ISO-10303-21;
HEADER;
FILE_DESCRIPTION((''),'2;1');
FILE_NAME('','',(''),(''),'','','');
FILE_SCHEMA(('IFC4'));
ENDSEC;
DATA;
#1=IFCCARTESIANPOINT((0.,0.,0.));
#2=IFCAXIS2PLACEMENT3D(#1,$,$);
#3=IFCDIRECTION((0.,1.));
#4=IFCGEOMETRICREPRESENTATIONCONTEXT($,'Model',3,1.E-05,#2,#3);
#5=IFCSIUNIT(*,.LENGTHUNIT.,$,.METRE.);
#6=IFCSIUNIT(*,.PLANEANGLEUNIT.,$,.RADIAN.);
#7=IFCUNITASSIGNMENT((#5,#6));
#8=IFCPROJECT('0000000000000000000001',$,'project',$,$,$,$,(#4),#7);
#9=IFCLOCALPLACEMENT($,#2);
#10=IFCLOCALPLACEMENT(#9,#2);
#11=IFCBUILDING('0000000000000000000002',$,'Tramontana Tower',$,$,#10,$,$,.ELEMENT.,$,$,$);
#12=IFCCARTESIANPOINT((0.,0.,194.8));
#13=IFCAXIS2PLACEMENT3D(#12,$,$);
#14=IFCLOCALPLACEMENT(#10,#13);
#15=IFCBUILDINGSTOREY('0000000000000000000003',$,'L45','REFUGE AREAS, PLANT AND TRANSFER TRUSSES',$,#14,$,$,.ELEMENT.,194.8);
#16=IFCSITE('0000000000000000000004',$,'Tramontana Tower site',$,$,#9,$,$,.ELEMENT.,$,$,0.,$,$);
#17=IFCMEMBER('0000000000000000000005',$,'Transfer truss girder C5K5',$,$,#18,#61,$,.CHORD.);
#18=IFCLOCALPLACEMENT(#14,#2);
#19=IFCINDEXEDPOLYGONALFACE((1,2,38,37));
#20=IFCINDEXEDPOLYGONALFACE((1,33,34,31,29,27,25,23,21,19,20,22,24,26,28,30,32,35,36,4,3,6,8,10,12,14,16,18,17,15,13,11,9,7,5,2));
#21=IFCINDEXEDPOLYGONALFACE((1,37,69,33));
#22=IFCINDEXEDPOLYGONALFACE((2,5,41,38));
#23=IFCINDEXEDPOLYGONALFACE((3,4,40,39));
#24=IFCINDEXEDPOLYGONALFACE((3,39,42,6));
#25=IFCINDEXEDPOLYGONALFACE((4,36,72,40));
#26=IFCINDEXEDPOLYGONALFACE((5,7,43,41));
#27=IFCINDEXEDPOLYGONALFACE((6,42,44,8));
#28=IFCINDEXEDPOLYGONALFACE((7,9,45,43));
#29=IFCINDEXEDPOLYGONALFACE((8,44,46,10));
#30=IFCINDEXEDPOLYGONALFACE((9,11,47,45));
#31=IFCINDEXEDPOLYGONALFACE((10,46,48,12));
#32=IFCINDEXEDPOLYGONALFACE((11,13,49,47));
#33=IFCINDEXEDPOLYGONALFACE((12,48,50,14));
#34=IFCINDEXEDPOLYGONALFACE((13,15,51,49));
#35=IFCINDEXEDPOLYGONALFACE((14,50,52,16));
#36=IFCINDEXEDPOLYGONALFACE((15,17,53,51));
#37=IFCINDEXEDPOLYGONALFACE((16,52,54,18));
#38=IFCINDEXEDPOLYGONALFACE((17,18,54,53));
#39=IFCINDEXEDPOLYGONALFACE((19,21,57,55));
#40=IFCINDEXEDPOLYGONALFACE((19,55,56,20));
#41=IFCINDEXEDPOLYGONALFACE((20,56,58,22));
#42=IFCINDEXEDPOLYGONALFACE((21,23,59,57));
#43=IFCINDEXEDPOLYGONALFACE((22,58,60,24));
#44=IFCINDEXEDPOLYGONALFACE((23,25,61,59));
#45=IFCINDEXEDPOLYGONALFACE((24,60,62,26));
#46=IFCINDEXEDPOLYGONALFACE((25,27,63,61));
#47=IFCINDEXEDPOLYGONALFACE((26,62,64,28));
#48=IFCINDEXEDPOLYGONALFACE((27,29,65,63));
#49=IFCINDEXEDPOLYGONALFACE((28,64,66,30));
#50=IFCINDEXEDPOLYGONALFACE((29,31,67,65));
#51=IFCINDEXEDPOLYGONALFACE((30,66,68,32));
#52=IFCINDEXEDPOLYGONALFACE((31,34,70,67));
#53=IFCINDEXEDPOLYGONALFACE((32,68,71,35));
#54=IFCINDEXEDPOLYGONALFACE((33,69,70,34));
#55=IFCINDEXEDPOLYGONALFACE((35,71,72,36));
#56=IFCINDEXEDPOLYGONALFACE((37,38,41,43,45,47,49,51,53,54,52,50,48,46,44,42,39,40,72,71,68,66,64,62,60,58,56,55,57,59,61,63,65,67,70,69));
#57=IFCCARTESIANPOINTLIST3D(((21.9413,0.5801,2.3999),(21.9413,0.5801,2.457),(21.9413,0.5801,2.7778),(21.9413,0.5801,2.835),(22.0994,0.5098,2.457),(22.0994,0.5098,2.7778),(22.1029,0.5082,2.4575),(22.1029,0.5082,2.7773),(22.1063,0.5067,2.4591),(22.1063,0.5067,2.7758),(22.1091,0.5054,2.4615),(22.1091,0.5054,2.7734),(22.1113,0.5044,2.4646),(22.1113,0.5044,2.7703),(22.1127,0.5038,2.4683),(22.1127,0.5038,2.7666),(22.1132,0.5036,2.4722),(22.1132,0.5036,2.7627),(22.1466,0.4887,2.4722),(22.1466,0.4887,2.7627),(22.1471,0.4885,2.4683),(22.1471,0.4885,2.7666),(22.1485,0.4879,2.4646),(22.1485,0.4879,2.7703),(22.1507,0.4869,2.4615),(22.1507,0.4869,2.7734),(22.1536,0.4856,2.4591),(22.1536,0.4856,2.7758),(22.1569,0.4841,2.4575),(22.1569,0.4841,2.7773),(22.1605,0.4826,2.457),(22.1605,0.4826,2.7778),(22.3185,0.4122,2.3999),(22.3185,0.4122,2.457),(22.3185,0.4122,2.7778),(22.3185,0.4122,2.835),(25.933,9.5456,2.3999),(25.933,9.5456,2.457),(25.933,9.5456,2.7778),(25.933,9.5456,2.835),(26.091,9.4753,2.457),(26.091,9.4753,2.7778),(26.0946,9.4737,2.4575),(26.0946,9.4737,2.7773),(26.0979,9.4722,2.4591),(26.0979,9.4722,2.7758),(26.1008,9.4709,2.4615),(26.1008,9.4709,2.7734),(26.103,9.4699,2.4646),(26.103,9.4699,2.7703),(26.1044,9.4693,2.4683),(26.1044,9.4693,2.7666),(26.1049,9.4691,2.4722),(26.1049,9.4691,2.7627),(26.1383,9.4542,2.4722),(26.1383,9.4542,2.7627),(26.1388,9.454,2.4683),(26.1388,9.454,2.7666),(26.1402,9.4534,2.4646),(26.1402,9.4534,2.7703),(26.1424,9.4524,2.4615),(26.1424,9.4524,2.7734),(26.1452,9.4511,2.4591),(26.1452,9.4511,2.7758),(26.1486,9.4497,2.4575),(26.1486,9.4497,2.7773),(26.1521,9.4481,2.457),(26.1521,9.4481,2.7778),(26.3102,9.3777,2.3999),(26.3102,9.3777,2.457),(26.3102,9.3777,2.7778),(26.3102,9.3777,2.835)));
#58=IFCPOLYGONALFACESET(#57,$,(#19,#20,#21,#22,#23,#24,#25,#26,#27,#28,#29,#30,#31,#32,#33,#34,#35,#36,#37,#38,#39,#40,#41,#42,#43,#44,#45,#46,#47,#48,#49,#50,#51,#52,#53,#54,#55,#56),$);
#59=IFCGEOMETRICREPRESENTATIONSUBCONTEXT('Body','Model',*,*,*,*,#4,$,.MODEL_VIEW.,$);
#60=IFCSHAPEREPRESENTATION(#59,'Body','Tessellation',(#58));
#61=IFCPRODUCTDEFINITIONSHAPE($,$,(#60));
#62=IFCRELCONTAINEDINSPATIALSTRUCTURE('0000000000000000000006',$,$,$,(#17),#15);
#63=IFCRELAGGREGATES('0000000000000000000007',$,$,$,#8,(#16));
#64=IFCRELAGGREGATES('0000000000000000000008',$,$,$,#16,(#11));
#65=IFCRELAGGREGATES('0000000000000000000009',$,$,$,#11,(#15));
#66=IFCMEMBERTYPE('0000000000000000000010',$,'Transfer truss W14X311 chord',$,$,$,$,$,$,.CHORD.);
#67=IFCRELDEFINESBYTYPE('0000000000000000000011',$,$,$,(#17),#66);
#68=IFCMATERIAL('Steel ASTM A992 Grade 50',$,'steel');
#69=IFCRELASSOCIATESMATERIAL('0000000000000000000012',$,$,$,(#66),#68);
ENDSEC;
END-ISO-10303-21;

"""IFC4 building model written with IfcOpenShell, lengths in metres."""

from ifc_helpers import new_model, si_unit, direction, frame, origin, origin_2d, place, context, subcontext, project, spatial, i_section, extrude, material, material_profile, profile_set, type_object, element, save


model = new_model("IFC4")

# Units and contexts
model_context = context("Model", 3, precision=1e-05, world=origin(), true_north=direction((0.0, 1.0)))
body_context = subcontext(model_context, "Body", "Model", "MODEL_VIEW")
ifc_project = project(units=[si_unit("LENGTHUNIT", "METRE"), si_unit("PLANEANGLEUNIT", "RADIAN")], contexts=[model_context])

# Site, building, storey
site_placement = place(None, origin())
site = spatial("IfcSite", under=ifc_project, at=site_placement, Name="Tramontana Tower site", CompositionType="ELEMENT", RefElevation=0.0)
building_placement = place(site_placement, origin())
building = spatial("IfcBuilding", under=site, at=building_placement, Name="Tramontana Tower", CompositionType="ELEMENT")
storey_placement = place(building_placement, frame((0.0, 0.0, 194.8)))
storey = spatial("IfcBuildingStorey", under=building, at=storey_placement, Name="L45", Description="REFUGE AREAS, PLANT AND TRANSFER TRUSSES", CompositionType="ELEMENT", Elevation=194.8)

# Member
ifc_material_1 = material(Name="Steel ASTM A992 Grade 50", Category="steel")
ifc_material_profile_1 = material_profile(ifc_material_1, i_section(OverallWidth=0.4128, OverallDepth=0.4351, WebThickness=0.0366, FlangeThickness=0.0571, FilletRadius=0.0151, at=origin_2d()), Name="W14X311")
ifc_profile_set_1 = profile_set([ifc_material_profile_1], Name="Steel ASTM A992 Grade 50")
member_type_1 = type_object("IfcMemberType", Name="Transfer truss W14X311 chord", PredefinedType="CHORD", material=ifc_profile_set_1)
member_1_placement = place(storey_placement, frame((26.1216, 9.4617, 2.6174), z_axis=(-0.406734, -0.913547, 0.0), x_axis=(0.913547, -0.406734, 0.0)))
element("IfcMember", 1, at=member_1_placement, inside=storey, type_object=member_type_1, Name="Transfer truss girder C5K5", PredefinedType="CHORD", context=body_context, shape_type="SweptSolid", body=[
    extrude(i_section(OverallWidth=0.4128, OverallDepth=0.4351, WebThickness=0.0366, FlangeThickness=0.0571, FilletRadius=0.0151, at=origin_2d()), origin(), (0.0, 0.0, 1.0), 9.814),
])

save(model, "model.ifc")
